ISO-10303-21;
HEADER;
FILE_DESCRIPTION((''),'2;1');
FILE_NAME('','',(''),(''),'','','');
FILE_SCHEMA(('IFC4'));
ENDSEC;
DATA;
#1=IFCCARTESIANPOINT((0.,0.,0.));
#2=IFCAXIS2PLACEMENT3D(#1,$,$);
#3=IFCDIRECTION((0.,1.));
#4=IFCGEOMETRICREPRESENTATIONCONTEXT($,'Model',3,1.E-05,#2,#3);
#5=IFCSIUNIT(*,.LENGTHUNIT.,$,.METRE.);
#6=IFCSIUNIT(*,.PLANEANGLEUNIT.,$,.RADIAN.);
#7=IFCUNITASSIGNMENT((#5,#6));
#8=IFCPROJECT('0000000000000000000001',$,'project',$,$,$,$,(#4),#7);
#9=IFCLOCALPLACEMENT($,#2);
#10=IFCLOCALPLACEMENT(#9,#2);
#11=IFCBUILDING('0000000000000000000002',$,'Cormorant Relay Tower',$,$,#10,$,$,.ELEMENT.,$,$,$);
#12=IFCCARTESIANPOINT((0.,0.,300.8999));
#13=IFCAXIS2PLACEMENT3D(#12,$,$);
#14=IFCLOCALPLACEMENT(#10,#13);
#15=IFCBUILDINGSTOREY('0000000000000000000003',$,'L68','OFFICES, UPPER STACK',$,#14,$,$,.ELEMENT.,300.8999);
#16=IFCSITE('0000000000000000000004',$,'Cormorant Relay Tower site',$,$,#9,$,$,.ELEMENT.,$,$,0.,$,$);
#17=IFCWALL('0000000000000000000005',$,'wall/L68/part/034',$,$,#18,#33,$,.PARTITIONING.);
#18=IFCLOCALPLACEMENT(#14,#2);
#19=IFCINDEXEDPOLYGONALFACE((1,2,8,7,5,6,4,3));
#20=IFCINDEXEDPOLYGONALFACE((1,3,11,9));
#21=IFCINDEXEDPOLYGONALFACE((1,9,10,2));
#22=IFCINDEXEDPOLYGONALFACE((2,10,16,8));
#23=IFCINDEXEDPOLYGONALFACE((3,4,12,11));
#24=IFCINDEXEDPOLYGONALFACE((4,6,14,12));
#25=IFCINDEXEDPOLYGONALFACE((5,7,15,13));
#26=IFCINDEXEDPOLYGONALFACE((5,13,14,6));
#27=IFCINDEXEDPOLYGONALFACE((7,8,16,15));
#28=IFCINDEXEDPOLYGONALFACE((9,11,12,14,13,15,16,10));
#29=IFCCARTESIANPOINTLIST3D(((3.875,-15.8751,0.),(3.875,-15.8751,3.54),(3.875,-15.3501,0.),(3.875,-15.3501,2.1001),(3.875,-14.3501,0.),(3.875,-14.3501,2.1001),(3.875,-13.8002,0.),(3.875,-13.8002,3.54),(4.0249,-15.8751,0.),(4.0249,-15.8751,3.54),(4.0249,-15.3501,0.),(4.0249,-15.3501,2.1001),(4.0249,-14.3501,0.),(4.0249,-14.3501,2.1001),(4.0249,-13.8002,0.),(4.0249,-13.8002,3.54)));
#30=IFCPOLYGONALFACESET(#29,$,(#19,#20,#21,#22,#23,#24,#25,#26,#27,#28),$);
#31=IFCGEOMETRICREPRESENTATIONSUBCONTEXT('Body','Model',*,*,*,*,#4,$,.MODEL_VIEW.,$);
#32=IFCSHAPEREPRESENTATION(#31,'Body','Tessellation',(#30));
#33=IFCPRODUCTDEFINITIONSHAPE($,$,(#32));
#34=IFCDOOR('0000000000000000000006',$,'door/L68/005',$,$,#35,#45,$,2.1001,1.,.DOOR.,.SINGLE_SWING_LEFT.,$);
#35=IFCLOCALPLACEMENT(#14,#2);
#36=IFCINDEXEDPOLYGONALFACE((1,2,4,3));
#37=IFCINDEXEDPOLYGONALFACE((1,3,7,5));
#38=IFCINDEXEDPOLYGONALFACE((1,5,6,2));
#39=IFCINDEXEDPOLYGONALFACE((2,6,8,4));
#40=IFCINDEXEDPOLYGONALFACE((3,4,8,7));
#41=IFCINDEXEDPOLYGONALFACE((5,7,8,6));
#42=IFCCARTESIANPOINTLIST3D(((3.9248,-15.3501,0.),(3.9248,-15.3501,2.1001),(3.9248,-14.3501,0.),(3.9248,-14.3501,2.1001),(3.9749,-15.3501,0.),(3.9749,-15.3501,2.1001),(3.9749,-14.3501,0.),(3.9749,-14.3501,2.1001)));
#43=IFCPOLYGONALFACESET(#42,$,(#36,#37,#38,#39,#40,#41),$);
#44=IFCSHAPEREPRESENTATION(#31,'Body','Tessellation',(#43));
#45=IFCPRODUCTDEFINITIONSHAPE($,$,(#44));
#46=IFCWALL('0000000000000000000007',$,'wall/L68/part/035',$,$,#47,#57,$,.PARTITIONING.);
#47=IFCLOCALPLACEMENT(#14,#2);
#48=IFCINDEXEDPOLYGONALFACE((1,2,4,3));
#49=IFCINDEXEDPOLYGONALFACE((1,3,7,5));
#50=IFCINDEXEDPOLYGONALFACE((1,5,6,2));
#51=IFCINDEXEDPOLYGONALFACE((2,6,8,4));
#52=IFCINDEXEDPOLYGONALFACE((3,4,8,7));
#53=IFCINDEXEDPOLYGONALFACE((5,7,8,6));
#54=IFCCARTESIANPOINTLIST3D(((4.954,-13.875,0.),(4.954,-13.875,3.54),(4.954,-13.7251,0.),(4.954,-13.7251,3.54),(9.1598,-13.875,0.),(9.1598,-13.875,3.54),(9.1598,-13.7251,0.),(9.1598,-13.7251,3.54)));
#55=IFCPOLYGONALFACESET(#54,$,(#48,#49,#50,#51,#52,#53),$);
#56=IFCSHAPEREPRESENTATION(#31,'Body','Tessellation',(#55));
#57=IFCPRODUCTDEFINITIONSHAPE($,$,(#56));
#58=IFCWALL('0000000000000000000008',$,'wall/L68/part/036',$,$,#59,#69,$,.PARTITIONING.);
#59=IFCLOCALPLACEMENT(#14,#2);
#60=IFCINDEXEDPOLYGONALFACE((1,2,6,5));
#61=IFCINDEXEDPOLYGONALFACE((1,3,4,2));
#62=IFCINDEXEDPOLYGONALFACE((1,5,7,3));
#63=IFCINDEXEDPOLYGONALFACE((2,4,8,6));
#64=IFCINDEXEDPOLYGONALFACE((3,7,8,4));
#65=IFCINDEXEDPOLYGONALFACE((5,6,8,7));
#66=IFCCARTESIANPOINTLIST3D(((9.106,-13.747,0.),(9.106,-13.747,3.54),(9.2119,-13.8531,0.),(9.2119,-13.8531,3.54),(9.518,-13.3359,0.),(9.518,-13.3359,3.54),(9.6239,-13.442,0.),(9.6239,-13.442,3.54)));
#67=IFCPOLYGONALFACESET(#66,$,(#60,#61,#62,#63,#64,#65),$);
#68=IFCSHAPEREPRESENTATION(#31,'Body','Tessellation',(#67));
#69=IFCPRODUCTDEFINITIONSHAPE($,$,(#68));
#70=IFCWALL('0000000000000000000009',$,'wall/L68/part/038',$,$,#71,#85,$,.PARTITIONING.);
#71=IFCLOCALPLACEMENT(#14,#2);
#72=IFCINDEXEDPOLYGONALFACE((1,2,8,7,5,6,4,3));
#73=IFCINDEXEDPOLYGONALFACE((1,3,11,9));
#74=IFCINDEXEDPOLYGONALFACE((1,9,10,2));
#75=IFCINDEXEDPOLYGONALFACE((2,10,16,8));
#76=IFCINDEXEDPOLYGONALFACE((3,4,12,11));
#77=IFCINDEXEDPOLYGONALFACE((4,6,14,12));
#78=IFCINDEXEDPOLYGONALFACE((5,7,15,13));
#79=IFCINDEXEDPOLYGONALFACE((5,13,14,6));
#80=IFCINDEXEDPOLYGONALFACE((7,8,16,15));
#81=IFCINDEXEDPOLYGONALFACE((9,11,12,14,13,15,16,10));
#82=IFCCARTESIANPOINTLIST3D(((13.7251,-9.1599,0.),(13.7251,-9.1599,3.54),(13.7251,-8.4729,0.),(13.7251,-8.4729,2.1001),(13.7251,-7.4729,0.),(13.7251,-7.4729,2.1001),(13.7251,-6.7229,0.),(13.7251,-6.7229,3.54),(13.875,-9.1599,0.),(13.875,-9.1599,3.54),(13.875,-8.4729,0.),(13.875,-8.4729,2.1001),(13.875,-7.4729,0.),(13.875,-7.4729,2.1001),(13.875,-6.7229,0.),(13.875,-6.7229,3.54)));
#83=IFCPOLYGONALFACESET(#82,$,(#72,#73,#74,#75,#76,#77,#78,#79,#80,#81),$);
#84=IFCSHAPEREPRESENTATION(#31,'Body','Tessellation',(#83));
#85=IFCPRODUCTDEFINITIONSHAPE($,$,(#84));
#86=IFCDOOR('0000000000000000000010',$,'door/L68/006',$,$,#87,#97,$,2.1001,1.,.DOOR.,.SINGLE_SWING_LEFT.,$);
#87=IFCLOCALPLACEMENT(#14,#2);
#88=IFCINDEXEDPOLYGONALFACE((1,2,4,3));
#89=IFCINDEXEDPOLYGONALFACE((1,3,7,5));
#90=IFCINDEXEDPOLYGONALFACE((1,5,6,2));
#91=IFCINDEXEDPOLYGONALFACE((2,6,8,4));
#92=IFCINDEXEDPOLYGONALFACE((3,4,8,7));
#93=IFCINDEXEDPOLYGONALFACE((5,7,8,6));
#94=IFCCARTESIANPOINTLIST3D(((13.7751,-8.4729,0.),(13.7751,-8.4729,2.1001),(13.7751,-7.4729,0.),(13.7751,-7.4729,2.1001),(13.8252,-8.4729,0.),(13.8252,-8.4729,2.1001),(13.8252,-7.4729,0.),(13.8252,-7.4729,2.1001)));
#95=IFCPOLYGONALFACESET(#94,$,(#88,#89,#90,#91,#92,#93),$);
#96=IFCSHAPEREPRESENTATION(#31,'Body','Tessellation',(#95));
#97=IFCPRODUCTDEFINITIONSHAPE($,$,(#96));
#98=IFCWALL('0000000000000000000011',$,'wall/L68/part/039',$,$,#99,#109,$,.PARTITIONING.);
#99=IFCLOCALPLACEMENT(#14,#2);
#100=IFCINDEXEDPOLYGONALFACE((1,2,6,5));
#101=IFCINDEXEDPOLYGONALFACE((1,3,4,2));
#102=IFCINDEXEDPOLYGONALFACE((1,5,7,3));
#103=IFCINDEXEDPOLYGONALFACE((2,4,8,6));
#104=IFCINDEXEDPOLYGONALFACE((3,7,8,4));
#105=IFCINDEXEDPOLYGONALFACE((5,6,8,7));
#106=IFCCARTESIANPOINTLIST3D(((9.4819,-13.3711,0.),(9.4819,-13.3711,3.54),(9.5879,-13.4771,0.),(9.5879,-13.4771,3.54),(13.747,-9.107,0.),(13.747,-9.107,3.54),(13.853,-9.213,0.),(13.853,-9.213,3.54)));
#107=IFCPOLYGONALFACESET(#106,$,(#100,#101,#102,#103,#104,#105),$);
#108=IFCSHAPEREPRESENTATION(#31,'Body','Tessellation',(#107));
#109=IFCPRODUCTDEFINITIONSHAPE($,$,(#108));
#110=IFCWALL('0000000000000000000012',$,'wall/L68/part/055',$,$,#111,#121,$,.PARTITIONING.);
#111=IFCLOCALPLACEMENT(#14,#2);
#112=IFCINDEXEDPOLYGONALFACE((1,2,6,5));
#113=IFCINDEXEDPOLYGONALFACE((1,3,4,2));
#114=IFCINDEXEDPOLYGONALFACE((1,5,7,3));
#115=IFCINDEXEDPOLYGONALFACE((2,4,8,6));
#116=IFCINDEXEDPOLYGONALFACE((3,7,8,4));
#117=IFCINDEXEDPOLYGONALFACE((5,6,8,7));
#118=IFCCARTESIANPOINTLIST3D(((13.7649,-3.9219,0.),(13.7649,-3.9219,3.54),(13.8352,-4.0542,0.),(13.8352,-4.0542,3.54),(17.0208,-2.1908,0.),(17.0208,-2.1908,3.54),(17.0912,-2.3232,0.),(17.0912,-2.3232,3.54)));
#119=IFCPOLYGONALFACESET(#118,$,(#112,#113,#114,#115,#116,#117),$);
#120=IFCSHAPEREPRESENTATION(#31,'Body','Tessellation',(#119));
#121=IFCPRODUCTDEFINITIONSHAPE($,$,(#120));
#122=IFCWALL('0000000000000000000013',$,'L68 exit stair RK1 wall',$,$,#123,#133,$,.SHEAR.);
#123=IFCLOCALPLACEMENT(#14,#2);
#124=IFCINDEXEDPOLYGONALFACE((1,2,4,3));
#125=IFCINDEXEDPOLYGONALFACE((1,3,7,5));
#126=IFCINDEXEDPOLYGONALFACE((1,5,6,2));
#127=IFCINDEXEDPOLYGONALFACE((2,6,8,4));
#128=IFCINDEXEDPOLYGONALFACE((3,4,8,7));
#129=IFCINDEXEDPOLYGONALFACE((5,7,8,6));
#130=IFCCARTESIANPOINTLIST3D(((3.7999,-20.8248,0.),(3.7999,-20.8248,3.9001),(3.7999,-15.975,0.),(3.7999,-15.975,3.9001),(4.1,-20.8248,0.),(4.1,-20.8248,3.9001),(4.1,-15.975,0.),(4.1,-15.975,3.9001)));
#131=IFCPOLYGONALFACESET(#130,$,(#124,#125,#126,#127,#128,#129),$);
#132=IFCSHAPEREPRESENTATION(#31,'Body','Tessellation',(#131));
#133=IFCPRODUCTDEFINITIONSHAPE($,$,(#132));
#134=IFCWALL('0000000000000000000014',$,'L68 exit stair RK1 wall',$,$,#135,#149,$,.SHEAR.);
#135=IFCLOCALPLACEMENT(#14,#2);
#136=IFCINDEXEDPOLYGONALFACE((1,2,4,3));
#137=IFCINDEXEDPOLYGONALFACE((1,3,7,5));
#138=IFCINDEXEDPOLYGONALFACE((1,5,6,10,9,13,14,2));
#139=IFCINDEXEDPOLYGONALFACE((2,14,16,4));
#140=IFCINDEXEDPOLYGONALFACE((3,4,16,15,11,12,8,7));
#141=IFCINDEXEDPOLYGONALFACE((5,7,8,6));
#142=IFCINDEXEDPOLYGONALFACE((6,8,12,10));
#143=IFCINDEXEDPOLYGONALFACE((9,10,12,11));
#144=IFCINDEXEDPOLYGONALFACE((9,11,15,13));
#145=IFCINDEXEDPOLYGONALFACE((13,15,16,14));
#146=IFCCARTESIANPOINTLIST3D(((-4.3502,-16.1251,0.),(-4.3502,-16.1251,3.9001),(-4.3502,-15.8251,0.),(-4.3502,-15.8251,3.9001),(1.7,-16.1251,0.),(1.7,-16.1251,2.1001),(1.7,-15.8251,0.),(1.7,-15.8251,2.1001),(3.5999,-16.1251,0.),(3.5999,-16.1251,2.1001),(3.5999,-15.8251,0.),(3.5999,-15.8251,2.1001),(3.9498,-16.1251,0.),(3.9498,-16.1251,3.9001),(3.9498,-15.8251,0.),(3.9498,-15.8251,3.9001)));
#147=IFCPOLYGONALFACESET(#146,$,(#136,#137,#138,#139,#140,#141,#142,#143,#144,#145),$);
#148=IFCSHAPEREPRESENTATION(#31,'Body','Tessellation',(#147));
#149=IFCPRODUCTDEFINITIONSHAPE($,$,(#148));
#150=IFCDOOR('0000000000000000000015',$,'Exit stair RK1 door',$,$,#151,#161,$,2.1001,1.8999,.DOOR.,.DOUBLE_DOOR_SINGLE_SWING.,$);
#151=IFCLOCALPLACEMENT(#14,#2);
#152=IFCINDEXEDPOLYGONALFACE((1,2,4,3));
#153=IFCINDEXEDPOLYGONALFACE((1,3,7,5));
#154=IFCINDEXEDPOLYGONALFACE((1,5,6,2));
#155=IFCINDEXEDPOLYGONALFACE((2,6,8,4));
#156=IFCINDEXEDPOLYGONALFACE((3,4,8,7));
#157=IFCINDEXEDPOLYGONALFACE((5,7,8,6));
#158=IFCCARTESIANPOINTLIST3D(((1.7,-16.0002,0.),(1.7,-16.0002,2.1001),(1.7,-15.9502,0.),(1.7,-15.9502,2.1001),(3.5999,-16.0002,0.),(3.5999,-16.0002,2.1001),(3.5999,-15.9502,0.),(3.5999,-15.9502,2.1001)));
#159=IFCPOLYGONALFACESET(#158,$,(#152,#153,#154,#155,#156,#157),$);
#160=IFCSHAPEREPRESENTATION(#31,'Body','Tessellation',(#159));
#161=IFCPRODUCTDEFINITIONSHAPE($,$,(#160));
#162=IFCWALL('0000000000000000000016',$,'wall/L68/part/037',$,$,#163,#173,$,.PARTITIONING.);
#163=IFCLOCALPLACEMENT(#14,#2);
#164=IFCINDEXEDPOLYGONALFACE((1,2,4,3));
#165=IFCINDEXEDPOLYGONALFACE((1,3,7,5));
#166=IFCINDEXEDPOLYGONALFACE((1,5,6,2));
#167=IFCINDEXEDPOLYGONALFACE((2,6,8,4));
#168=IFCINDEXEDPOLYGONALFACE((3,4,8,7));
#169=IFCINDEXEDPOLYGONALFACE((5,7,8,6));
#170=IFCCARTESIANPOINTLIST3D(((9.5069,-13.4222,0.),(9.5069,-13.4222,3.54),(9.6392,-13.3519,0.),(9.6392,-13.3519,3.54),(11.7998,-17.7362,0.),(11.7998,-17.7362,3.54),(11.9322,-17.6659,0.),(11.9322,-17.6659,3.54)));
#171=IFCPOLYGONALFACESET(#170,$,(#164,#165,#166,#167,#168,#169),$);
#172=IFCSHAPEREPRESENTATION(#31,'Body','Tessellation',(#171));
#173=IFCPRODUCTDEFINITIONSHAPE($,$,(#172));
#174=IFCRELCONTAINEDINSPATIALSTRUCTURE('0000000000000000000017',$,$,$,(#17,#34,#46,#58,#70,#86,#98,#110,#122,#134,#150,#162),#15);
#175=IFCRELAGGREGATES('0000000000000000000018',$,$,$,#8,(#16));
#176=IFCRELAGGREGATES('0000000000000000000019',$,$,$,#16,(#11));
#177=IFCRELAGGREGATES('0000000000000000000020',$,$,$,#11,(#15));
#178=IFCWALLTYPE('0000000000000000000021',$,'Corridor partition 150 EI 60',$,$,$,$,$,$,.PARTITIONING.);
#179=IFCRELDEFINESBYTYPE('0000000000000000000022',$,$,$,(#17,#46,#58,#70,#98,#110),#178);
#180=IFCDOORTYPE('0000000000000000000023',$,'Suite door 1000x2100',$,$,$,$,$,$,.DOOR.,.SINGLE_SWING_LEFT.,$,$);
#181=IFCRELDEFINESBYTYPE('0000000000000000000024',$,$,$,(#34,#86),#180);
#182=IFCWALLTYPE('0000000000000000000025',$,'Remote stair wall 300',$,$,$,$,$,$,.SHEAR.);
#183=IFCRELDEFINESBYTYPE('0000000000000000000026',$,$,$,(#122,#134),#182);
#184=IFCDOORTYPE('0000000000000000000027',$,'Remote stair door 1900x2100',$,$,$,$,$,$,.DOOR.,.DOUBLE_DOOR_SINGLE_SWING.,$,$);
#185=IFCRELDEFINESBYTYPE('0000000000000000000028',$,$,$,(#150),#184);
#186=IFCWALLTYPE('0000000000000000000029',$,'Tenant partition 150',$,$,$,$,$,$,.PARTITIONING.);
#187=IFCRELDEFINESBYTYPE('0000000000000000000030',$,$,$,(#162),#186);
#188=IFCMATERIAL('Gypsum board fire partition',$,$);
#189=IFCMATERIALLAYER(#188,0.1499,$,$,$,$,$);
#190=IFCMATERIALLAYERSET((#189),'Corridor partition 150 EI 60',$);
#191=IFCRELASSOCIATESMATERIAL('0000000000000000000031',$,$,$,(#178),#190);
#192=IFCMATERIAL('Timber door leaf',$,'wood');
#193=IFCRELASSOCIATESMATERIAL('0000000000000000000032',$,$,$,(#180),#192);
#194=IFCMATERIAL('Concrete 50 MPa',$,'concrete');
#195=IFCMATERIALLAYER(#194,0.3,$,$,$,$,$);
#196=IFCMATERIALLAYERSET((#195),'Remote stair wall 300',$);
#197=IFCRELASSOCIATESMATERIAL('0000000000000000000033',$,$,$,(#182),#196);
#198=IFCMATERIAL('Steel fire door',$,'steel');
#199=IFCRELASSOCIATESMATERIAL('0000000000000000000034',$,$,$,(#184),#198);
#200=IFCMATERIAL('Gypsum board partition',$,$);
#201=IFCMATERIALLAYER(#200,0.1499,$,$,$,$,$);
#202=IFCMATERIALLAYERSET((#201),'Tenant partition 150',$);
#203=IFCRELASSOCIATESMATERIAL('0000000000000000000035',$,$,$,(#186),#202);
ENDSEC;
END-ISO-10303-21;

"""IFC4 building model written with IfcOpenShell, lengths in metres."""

from ifc_helpers import new_model, si_unit, direction, frame, frame_2d, origin, place, context, subcontext, project, spatial, rectangle, extrude, material, layer, layer_set, type_object, element, fill, save


model = new_model("IFC4")

# Units and contexts
model_context = context("Model", 3, precision=1e-05, world=origin(), true_north=direction((0.0, 1.0)))
body_context = subcontext(model_context, "Body", "Model", "MODEL_VIEW")
ifc_project = project(units=[si_unit("LENGTHUNIT", "METRE"), si_unit("PLANEANGLEUNIT", "RADIAN")], contexts=[model_context])

# Site, building, storey
site_placement = place(None, origin())
site = spatial("IfcSite", under=ifc_project, at=site_placement, Name="Cormorant Relay Tower site", CompositionType="ELEMENT", RefElevation=0.0)
building_placement = place(site_placement, origin())
building = spatial("IfcBuilding", under=site, at=building_placement, Name="Cormorant Relay Tower", CompositionType="ELEMENT")
storey_placement = place(building_placement, frame((0.0, 0.0, 300.8999)))
storey = spatial("IfcBuildingStorey", under=building, at=storey_placement, Name="L68", Description="OFFICES, UPPER STACK", CompositionType="ELEMENT", Elevation=300.8999)

# Shared definitions
ifc_material_1 = material(Name="Gypsum board fire partition")
ifc_layer_1 = layer(ifc_material_1, 0.1499)
ifc_layer_set_1 = layer_set([ifc_layer_1], Name="Corridor partition 150 EI 60")
wall_type_1 = type_object("IfcWallType", Name="Corridor partition 150 EI 60", PredefinedType="PARTITIONING", material=ifc_layer_set_1)

# Wall, opening, door
wall_1_placement = place(storey_placement, frame((3.95, -13.8, 0.0), z_axis=(0.0, 0.0, 1.0), x_axis=(0.0, -1.0, 0.0)))
wall_1 = element("IfcWall", 1, at=wall_1_placement, inside=storey, type_object=wall_type_1, Name="wall/L68/part/034", PredefinedType="PARTITIONING", context=body_context, shape_type="SweptSolid", body=[
    extrude(rectangle(XDim=2.075, YDim=0.1499, at=frame_2d((1.0376, 0.0))), origin(), (0.0, 0.0, 1.0), 3.54),
])
opening_1_placement = place(wall_1_placement, frame((0.55, 0.0, 0.0)))
opening_1 = element("IfcOpeningElement", 2, at=opening_1_placement, cuts=wall_1, PredefinedType="OPENING", context=body_context, shape_type="SweptSolid", body=[
    extrude(rectangle(XDim=1.0, YDim=2.1001, at=frame_2d((0.5, 1.05))), frame((0.0, 0.085, 0.0), z_axis=(0.0, -1.0, 0.0), x_axis=(1.0, 0.0, 0.0)), (0.0, 0.0, 1.0), 0.1699),
])
ifc_material_2 = material(Name="Timber door leaf", Category="wood")
door_type_1 = type_object("IfcDoorType", Name="Suite door 1000x2100", OperationType="SINGLE_SWING_LEFT", PredefinedType="DOOR", material=ifc_material_2)
door_1_placement = place(opening_1_placement, origin())
door_1 = element("IfcDoor", 3, at=door_1_placement, inside=storey, type_object=door_type_1, Name="door/L68/005", OperationType="SINGLE_SWING_LEFT", OverallHeight=2.1001, OverallWidth=1.0, PredefinedType="DOOR", context=body_context, shape_type="SweptSolid", body=[
    extrude(rectangle(XDim=1.0, YDim=2.1001, at=frame_2d((0.5, 1.05))), frame((0.0, 0.0249, 0.0), z_axis=(0.0, -1.0, 0.0), x_axis=(1.0, 0.0, 0.0)), (0.0, 0.0, 1.0), 0.05),
])
fill(opening_1, door_1)

# Walls
wall_2_placement = place(storey_placement, frame((9.1599, -13.8, 0.0), z_axis=(0.0, 0.0, 1.0), x_axis=(-1.0, 0.0, 0.0)))
element("IfcWall", 4, at=wall_2_placement, inside=storey, type_object=wall_type_1, Name="wall/L68/part/035", PredefinedType="PARTITIONING", context=body_context, shape_type="SweptSolid", body=[
    extrude(rectangle(XDim=4.2058, YDim=0.1499, at=frame_2d((2.103, 0.0))), origin(), (0.0, 0.0, 1.0), 3.54),
])
wall_3_placement = place(storey_placement, frame((9.1589, -13.8, 0.0), z_axis=(0.0, 0.0, 1.0), x_axis=(0.707945, 0.706267, 0.0)))
element("IfcWall", 5, at=wall_3_placement, inside=storey, type_object=wall_type_1, Name="wall/L68/part/036", PredefinedType="PARTITIONING", context=body_context, shape_type="SweptSolid", body=[
    extrude(rectangle(XDim=0.582, YDim=0.1499, at=frame_2d((0.291, 0.0))), origin(), (0.0, 0.0, 1.0), 3.54),
])

# Wall, opening, door
wall_4_placement = place(storey_placement, frame((13.8, -6.7229, 0.0), z_axis=(0.0, 0.0, 1.0), x_axis=(0.0, -1.0, 0.0)))
wall_4 = element("IfcWall", 6, at=wall_4_placement, inside=storey, type_object=wall_type_1, Name="wall/L68/part/038", PredefinedType="PARTITIONING", context=body_context, shape_type="SweptSolid", body=[
    extrude(rectangle(XDim=2.437, YDim=0.1499, at=frame_2d((1.2185, 0.0))), origin(), (0.0, 0.0, 1.0), 3.54),
])
opening_2_placement = place(wall_4_placement, frame((0.75, 0.0, 0.0)))
opening_2 = element("IfcOpeningElement", 7, at=opening_2_placement, cuts=wall_4, PredefinedType="OPENING", context=body_context, shape_type="SweptSolid", body=[
    extrude(rectangle(XDim=1.0, YDim=2.1001, at=frame_2d((0.5, 1.05))), frame((0.0, 0.085, 0.0), z_axis=(0.0, -1.0, 0.0), x_axis=(1.0, 0.0, 0.0)), (0.0, 0.0, 1.0), 0.1699),
])
door_2_placement = place(opening_2_placement, frame((1.0, 0.0, 0.0), z_axis=(0.0, 0.0, 1.0), x_axis=(-1.0, 0.0, 0.0)))
door_2 = element("IfcDoor", 8, at=door_2_placement, inside=storey, type_object=door_type_1, Name="door/L68/006", OperationType="SINGLE_SWING_LEFT", OverallHeight=2.1001, OverallWidth=1.0, PredefinedType="DOOR", context=body_context, shape_type="SweptSolid", body=[
    extrude(rectangle(XDim=1.0, YDim=2.1001, at=frame_2d((0.5, 1.05))), frame((0.0, 0.0249, 0.0), z_axis=(0.0, -1.0, 0.0), x_axis=(1.0, 0.0, 0.0)), (0.0, 0.0, 1.0), 0.05),
])
fill(opening_2, door_2)

# Walls
wall_5_placement = place(storey_placement, frame((13.8, -9.1599, 0.0), z_axis=(0.0, 0.0, 1.0), x_axis=(-0.707188, -0.707026, 0.0)))
element("IfcWall", 9, at=wall_5_placement, inside=storey, type_object=wall_type_1, Name="wall/L68/part/039", PredefinedType="PARTITIONING", context=body_context, shape_type="SweptSolid", body=[
    extrude(rectangle(XDim=6.031, YDim=0.1499, at=frame_2d((3.0156, 0.0))), origin(), (0.0, 0.0, 1.0), 3.54),
])
wall_6_placement = place(storey_placement, frame((13.8, -3.988, 0.0), z_axis=(0.0, 0.0, 1.0), x_axis=(0.882972, 0.469426, 0.0)))
element("IfcWall", 10, at=wall_6_placement, inside=storey, type_object=wall_type_1, Name="wall/L68/part/055", PredefinedType="PARTITIONING", context=body_context, shape_type="SweptSolid", body=[
    extrude(rectangle(XDim=3.6875, YDim=0.1499, at=frame_2d((1.8438, 0.0))), origin(), (0.0, 0.0, 1.0), 3.54),
])
ifc_material_3 = material(Name="Concrete 50 MPa", Category="concrete")
ifc_layer_2 = layer(ifc_material_3, 0.3)
ifc_layer_set_2 = layer_set([ifc_layer_2], Name="Remote stair wall 300")
wall_type_2 = type_object("IfcWallType", Name="Remote stair wall 300", PredefinedType="SHEAR", material=ifc_layer_set_2)
wall_7_placement = place(storey_placement, frame((3.95, -15.9751, 0.0), z_axis=(0.0, 0.0, 1.0), x_axis=(0.0, -1.0, 0.0)))
element("IfcWall", 11, at=wall_7_placement, inside=storey, type_object=wall_type_2, Name="L68 exit stair RK1 wall", PredefinedType="SHEAR", context=body_context, shape_type="SweptSolid", body=[
    extrude(rectangle(XDim=4.8499, YDim=0.3, at=frame_2d((2.4248, 0.0))), origin(), (0.0, 0.0, 1.0), 3.9001),
])

# Wall, opening, door
wall_8_placement = place(storey_placement, frame((-4.3501, -15.9751, 0.0), z_axis=(0.0, 0.0, 1.0), x_axis=(1.0, 0.0, 0.0)))
wall_8 = element("IfcWall", 12, at=wall_8_placement, inside=storey, type_object=wall_type_2, Name="L68 exit stair RK1 wall", PredefinedType="SHEAR", context=body_context, shape_type="SweptSolid", body=[
    extrude(rectangle(XDim=8.3, YDim=0.3, at=frame_2d((4.1499, 0.0))), origin(), (0.0, 0.0, 1.0), 3.9001),
])
opening_3_placement = place(wall_8_placement, frame((6.05, 0.0, 0.0)))
opening_3 = element("IfcOpeningElement", 13, at=opening_3_placement, cuts=wall_8, PredefinedType="OPENING", context=body_context, shape_type="SweptSolid", body=[
    extrude(rectangle(XDim=1.8999, YDim=2.1001, at=frame_2d((0.95, 1.05))), frame((0.0, 0.1599, 0.0), z_axis=(0.0, -1.0, 0.0), x_axis=(1.0, 0.0, 0.0)), (0.0, 0.0, 1.0), 0.3201),
])
ifc_material_4 = material(Name="Steel fire door", Category="steel")
door_type_2 = type_object("IfcDoorType", Name="Remote stair door 1900x2100", OperationType="DOUBLE_DOOR_SINGLE_SWING", PredefinedType="DOOR", material=ifc_material_4)
door_3_placement = place(opening_3_placement, origin())
door_3 = element("IfcDoor", 14, at=door_3_placement, inside=storey, type_object=door_type_2, Name="Exit stair RK1 door", OperationType="DOUBLE_DOOR_SINGLE_SWING", OverallHeight=2.1001, OverallWidth=1.8999, PredefinedType="DOOR", context=body_context, shape_type="SweptSolid", body=[
    extrude(rectangle(XDim=1.8999, YDim=2.1001, at=frame_2d((0.95, 1.05))), frame((0.0, 0.0249, 0.0), z_axis=(0.0, -1.0, 0.0), x_axis=(1.0, 0.0, 0.0)), (0.0, 0.0, 1.0), 0.05),
])
fill(opening_3, door_3)

# Wall
ifc_material_5 = material(Name="Gypsum board partition")
ifc_layer_3 = layer(ifc_material_5, 0.1499)
ifc_layer_set_3 = layer_set([ifc_layer_3], Name="Tenant partition 150")
wall_type_3 = type_object("IfcWallType", Name="Tenant partition 150", PredefinedType="PARTITIONING", material=ifc_layer_set_3)
wall_9_placement = place(storey_placement, frame((9.573, -13.387, 0.0), z_axis=(0.0, 0.0, 1.0), x_axis=(0.469343, -0.883016, 0.0)))
element("IfcWall", 15, at=wall_9_placement, inside=storey, type_object=wall_type_3, Name="wall/L68/part/037", PredefinedType="PARTITIONING", context=body_context, shape_type="SweptSolid", body=[
    extrude(rectangle(XDim=4.8855, YDim=0.1499, at=frame_2d((2.4429, 0.0))), origin(), (0.0, 0.0, 1.0), 3.54),
])

save(model, "model.ifc")
